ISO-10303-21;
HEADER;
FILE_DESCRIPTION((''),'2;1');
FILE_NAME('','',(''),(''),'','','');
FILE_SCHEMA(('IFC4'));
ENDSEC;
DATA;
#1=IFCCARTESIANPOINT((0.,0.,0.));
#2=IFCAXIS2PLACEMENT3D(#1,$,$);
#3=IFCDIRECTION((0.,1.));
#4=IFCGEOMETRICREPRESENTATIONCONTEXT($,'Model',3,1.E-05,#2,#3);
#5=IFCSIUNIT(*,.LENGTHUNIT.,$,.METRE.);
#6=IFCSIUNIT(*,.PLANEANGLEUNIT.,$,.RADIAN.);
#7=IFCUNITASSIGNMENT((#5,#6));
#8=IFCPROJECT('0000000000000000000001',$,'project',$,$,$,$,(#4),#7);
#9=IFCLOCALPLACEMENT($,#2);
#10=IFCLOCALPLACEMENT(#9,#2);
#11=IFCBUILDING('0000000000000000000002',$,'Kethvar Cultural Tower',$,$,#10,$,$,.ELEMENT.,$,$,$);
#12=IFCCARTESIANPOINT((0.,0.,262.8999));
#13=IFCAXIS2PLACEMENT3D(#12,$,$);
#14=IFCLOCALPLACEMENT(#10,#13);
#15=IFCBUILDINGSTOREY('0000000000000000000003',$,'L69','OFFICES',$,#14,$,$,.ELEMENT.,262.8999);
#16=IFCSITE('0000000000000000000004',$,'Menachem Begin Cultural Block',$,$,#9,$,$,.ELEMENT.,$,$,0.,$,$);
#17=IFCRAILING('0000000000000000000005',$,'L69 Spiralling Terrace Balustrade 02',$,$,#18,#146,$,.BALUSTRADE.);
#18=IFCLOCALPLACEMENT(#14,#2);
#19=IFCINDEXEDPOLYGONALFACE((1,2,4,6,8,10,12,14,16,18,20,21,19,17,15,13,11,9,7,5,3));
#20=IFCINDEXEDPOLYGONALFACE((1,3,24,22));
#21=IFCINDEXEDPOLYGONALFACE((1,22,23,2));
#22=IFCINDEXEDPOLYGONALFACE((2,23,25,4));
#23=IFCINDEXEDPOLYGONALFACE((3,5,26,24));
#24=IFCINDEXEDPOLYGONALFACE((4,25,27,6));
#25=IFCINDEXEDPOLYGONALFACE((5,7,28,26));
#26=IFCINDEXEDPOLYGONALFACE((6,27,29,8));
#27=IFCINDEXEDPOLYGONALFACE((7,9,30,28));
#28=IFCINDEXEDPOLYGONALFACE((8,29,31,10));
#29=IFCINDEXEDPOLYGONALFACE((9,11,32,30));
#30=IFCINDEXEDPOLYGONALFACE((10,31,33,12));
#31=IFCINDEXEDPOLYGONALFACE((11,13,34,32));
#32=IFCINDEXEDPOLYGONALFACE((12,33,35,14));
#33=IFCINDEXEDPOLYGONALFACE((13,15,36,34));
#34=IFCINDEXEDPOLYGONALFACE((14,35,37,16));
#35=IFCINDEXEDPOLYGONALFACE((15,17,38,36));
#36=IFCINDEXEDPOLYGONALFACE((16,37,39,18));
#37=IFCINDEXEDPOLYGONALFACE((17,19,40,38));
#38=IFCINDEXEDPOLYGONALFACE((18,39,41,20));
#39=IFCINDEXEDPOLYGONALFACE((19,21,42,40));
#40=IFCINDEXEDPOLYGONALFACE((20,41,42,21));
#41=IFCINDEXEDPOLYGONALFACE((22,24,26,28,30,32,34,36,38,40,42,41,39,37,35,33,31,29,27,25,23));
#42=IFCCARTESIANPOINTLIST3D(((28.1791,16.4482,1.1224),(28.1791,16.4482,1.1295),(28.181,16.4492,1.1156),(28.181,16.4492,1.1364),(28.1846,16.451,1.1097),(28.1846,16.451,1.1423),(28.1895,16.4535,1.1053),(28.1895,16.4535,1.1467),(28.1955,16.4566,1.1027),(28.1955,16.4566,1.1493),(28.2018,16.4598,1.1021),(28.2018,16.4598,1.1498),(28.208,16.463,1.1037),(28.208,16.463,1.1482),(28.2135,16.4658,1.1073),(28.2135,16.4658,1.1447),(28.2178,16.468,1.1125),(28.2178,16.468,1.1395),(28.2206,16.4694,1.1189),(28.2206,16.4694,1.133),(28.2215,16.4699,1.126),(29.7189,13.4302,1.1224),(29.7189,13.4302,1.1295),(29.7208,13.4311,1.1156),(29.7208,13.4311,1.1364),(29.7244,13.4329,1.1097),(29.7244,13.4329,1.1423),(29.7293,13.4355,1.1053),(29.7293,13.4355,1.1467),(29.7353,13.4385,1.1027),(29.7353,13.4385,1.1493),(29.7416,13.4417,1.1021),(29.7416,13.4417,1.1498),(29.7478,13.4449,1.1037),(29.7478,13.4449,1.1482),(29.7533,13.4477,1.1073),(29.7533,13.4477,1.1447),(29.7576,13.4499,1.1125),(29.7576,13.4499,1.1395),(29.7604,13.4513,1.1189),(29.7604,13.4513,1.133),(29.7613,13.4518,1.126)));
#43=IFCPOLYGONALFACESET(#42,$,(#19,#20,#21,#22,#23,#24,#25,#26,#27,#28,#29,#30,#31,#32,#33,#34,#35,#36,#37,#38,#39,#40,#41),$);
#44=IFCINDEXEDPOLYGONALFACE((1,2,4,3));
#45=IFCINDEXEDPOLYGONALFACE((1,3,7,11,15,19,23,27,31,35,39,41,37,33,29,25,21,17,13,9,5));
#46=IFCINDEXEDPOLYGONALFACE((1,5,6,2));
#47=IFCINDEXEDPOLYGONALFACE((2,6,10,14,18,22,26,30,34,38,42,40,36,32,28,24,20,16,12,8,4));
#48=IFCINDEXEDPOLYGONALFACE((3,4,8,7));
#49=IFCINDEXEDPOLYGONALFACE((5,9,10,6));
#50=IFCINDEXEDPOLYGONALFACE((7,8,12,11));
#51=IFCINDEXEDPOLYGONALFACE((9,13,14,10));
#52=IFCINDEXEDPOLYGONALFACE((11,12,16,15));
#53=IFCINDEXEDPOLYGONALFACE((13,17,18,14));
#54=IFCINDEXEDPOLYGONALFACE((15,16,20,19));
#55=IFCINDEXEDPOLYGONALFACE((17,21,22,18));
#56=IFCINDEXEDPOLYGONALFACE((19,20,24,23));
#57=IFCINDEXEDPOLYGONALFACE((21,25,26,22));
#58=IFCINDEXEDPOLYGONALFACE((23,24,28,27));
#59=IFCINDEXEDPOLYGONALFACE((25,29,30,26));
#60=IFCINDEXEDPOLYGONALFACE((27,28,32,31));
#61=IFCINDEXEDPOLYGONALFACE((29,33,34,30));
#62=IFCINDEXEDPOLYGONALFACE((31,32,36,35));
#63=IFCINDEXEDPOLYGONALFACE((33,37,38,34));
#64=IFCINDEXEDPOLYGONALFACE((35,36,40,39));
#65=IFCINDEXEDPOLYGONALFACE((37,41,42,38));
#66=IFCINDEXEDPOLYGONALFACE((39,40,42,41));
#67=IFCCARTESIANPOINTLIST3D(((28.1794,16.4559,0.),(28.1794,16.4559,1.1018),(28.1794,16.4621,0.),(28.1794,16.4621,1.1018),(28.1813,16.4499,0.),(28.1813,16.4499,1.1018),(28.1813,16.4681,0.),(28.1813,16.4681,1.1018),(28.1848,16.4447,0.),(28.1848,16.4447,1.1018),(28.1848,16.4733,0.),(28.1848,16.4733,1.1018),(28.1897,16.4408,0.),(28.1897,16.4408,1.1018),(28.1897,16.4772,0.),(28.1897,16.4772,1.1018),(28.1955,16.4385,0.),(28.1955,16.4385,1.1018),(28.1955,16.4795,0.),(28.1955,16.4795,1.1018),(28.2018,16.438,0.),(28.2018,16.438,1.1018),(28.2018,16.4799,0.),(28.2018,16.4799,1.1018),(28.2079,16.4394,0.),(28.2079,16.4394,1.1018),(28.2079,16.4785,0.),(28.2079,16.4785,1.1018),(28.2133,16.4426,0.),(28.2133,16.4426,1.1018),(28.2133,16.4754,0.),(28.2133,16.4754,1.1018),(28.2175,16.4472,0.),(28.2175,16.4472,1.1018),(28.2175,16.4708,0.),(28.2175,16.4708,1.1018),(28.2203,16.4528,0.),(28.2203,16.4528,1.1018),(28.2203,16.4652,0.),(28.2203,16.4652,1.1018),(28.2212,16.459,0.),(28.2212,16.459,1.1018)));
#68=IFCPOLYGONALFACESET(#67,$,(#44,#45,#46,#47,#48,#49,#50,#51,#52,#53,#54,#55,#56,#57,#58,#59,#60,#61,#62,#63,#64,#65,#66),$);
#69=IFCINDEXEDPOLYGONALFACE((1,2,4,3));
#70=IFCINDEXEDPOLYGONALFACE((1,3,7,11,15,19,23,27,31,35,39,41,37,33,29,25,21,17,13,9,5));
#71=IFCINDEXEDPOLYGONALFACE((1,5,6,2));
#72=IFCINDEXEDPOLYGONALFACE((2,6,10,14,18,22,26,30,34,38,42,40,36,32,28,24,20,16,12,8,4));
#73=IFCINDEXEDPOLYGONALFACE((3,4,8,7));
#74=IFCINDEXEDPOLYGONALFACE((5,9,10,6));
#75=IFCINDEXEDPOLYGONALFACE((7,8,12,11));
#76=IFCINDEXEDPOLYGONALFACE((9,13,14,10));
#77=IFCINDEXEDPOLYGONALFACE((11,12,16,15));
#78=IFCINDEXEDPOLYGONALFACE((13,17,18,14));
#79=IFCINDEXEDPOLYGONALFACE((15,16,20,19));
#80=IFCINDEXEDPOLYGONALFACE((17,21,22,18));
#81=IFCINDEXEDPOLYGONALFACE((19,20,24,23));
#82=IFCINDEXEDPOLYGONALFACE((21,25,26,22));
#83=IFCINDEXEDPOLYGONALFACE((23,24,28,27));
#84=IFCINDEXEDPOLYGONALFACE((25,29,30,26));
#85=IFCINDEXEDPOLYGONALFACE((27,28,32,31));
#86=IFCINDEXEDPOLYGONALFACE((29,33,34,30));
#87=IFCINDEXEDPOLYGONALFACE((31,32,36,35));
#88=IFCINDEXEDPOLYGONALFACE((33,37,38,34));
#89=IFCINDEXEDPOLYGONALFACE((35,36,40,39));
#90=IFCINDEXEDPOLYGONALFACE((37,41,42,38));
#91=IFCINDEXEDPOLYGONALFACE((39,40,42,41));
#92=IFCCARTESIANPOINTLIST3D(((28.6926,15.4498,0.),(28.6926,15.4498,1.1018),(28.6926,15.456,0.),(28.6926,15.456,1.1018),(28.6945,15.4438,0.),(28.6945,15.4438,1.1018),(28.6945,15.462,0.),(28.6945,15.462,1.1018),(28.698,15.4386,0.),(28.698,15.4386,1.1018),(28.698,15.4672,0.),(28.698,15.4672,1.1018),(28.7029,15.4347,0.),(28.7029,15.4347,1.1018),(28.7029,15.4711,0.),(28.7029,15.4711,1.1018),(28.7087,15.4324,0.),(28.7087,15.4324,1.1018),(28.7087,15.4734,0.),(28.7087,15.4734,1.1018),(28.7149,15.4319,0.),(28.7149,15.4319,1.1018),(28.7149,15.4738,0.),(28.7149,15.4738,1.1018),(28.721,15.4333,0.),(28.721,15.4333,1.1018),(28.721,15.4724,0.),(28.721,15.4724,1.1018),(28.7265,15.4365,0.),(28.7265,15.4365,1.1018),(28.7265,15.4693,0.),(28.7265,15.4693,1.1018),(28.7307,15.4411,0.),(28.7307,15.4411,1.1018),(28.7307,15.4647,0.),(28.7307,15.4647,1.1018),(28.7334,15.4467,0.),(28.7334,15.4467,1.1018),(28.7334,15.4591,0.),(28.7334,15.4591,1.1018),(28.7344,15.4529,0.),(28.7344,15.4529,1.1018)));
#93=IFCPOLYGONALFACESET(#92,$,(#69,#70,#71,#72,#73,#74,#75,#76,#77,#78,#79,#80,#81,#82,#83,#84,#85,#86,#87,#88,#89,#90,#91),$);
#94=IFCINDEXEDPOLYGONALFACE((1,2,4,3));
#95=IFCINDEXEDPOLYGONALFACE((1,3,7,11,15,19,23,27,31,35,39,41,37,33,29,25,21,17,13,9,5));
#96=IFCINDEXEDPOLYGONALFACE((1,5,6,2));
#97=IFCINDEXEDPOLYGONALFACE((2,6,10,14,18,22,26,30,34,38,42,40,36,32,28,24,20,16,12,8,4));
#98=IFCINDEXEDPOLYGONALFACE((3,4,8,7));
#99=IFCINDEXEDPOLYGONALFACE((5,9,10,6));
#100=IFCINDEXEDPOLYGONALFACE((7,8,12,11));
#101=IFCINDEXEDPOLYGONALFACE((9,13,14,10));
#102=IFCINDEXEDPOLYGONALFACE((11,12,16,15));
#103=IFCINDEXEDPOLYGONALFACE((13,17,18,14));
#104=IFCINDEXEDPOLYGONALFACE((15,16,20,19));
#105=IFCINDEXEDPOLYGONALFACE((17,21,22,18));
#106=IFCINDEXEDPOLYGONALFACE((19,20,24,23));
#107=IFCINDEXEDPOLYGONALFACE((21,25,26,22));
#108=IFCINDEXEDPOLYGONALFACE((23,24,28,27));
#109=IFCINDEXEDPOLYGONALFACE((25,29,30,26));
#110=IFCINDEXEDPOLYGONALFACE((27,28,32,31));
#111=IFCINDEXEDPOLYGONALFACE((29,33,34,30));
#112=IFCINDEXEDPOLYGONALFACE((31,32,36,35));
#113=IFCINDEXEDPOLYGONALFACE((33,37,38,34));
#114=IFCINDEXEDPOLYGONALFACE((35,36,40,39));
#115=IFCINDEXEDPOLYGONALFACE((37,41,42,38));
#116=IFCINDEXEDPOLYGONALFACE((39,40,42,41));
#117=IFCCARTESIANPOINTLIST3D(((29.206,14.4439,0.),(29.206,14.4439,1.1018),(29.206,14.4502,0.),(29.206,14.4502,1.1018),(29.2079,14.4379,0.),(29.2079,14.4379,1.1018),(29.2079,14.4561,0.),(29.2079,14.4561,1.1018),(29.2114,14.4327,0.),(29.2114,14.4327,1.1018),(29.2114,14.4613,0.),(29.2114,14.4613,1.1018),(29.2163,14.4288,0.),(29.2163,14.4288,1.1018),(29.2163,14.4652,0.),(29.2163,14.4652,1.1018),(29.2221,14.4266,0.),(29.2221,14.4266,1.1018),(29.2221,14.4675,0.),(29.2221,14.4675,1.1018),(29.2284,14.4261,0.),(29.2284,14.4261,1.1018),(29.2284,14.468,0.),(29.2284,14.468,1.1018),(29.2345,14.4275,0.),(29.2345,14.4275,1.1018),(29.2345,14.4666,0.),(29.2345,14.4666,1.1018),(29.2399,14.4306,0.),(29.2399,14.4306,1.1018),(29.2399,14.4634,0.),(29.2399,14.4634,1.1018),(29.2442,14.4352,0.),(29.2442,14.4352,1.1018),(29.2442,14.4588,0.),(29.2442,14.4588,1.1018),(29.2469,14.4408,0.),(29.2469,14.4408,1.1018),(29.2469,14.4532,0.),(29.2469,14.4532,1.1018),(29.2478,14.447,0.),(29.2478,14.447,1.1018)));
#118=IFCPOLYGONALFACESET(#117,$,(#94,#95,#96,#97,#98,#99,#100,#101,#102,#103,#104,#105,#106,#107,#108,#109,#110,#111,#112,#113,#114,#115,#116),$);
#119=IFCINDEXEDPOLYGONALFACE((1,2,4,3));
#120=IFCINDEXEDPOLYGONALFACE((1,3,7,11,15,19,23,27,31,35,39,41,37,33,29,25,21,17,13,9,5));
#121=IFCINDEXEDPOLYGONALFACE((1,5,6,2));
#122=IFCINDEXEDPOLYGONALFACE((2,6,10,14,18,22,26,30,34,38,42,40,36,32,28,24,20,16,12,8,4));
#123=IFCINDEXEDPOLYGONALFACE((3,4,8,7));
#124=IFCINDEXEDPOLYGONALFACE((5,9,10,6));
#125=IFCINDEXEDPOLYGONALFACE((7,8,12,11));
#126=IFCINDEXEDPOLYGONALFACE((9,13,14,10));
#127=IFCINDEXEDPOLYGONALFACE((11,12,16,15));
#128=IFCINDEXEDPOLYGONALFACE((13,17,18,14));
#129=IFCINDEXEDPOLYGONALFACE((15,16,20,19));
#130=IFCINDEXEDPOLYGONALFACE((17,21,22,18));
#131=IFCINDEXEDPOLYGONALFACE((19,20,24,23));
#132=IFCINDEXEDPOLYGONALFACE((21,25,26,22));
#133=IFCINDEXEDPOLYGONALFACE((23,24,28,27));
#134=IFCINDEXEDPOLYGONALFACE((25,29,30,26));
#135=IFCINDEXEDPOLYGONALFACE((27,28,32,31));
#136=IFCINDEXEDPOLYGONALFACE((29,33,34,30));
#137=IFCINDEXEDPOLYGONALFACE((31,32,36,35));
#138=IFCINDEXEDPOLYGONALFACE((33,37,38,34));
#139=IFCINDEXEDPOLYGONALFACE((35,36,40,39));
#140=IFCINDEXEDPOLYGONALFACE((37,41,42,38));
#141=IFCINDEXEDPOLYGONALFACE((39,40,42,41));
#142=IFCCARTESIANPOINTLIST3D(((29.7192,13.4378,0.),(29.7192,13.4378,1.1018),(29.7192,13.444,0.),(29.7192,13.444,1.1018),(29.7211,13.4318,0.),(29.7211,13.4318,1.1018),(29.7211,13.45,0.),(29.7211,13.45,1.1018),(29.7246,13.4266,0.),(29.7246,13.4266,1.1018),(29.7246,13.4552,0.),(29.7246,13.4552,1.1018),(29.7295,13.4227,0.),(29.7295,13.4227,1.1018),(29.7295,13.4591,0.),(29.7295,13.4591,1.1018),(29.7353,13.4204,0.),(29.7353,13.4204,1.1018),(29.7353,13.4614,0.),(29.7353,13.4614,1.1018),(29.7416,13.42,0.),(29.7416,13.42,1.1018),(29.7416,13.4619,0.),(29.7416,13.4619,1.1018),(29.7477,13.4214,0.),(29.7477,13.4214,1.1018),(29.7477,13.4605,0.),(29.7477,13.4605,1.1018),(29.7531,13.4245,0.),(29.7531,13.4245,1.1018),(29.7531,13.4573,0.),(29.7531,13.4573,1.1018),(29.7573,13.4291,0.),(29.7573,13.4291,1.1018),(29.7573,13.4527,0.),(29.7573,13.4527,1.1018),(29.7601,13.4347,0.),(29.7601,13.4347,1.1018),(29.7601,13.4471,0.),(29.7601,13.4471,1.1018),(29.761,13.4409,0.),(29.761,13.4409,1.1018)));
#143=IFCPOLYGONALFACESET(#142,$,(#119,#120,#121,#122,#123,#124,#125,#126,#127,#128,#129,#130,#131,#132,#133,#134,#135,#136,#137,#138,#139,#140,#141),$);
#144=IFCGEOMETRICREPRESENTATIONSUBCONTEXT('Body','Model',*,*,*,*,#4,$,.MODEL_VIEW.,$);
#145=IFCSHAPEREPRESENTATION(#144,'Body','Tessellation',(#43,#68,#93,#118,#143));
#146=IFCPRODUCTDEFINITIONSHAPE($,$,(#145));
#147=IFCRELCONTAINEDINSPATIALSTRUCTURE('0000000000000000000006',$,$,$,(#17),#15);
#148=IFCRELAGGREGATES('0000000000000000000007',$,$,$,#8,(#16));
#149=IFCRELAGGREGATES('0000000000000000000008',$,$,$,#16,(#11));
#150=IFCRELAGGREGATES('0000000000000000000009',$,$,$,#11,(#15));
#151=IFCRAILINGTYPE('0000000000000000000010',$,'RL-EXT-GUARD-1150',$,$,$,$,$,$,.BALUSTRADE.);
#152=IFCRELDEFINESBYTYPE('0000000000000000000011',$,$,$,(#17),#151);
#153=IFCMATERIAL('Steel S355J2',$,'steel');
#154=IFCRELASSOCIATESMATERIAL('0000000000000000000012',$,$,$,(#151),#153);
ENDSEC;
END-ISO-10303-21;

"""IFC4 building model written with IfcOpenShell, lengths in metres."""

from ifc_helpers import new_model, si_unit, direction, frame, origin, origin_2d, place, context, subcontext, project, spatial, circle, extrude, material, type_object, element, save


model = new_model("IFC4")

# Units and contexts
model_context = context("Model", 3, precision=1e-05, world=origin(), true_north=direction((0.0, 1.0)))
body_context = subcontext(model_context, "Body", "Model", "MODEL_VIEW")
ifc_project = project(units=[si_unit("LENGTHUNIT", "METRE"), si_unit("PLANEANGLEUNIT", "RADIAN")], contexts=[model_context])

# Site, building, storey
site_placement = place(None, origin())
site = spatial("IfcSite", under=ifc_project, at=site_placement, Name="Menachem Begin Cultural Block", CompositionType="ELEMENT", RefElevation=0.0)
building_placement = place(site_placement, origin())
building = spatial("IfcBuilding", under=site, at=building_placement, Name="Kethvar Cultural Tower", CompositionType="ELEMENT")
storey_placement = place(building_placement, frame((0.0, 0.0, 262.8999)))
storey = spatial("IfcBuildingStorey", under=building, at=storey_placement, Name="L69", Description="OFFICES", CompositionType="ELEMENT", Elevation=262.8999)

# Shared definitions
ifc_material_1 = material(Name="Steel S355J2", Category="steel")

# Railing
railing_type = type_object("IfcRailingType", Name="RL-EXT-GUARD-1150", PredefinedType="BALUSTRADE", material=ifc_material_1)
railing_1_placement = place(storey_placement, frame((28.2002, 16.459, 0.0)))
element("IfcRailing", 1, at=railing_1_placement, inside=storey, type_object=railing_type, Name="L69 Spiralling Terrace Balustrade 02", PredefinedType="BALUSTRADE", context=body_context, shape_type="SweptSolid", body=[
    extrude(circle(Radius=0.0239, at=origin_2d()), frame((0.0, 0.0, 1.126), z_axis=(0.454462, -0.890766, 0.0), x_axis=(0.890766, 0.454462, 0.0)), (0.0, 0.0, 1.0), 3.3882),
    extrude(circle(Radius=0.021, at=origin_2d()), origin(), (0.0, 0.0, 1.0), 1.1018),
    extrude(circle(Radius=0.021, at=origin_2d()), frame((0.5132, -1.0061, 0.0)), (0.0, 0.0, 1.0), 1.1018),
    extrude(circle(Radius=0.021, at=origin_2d()), frame((1.0266, -2.012, 0.0)), (0.0, 0.0, 1.0), 1.1018),
    extrude(circle(Radius=0.021, at=origin_2d()), frame((1.5398, -3.0181, 0.0)), (0.0, 0.0, 1.0), 1.1018),
])

save(model, "model.ifc")
